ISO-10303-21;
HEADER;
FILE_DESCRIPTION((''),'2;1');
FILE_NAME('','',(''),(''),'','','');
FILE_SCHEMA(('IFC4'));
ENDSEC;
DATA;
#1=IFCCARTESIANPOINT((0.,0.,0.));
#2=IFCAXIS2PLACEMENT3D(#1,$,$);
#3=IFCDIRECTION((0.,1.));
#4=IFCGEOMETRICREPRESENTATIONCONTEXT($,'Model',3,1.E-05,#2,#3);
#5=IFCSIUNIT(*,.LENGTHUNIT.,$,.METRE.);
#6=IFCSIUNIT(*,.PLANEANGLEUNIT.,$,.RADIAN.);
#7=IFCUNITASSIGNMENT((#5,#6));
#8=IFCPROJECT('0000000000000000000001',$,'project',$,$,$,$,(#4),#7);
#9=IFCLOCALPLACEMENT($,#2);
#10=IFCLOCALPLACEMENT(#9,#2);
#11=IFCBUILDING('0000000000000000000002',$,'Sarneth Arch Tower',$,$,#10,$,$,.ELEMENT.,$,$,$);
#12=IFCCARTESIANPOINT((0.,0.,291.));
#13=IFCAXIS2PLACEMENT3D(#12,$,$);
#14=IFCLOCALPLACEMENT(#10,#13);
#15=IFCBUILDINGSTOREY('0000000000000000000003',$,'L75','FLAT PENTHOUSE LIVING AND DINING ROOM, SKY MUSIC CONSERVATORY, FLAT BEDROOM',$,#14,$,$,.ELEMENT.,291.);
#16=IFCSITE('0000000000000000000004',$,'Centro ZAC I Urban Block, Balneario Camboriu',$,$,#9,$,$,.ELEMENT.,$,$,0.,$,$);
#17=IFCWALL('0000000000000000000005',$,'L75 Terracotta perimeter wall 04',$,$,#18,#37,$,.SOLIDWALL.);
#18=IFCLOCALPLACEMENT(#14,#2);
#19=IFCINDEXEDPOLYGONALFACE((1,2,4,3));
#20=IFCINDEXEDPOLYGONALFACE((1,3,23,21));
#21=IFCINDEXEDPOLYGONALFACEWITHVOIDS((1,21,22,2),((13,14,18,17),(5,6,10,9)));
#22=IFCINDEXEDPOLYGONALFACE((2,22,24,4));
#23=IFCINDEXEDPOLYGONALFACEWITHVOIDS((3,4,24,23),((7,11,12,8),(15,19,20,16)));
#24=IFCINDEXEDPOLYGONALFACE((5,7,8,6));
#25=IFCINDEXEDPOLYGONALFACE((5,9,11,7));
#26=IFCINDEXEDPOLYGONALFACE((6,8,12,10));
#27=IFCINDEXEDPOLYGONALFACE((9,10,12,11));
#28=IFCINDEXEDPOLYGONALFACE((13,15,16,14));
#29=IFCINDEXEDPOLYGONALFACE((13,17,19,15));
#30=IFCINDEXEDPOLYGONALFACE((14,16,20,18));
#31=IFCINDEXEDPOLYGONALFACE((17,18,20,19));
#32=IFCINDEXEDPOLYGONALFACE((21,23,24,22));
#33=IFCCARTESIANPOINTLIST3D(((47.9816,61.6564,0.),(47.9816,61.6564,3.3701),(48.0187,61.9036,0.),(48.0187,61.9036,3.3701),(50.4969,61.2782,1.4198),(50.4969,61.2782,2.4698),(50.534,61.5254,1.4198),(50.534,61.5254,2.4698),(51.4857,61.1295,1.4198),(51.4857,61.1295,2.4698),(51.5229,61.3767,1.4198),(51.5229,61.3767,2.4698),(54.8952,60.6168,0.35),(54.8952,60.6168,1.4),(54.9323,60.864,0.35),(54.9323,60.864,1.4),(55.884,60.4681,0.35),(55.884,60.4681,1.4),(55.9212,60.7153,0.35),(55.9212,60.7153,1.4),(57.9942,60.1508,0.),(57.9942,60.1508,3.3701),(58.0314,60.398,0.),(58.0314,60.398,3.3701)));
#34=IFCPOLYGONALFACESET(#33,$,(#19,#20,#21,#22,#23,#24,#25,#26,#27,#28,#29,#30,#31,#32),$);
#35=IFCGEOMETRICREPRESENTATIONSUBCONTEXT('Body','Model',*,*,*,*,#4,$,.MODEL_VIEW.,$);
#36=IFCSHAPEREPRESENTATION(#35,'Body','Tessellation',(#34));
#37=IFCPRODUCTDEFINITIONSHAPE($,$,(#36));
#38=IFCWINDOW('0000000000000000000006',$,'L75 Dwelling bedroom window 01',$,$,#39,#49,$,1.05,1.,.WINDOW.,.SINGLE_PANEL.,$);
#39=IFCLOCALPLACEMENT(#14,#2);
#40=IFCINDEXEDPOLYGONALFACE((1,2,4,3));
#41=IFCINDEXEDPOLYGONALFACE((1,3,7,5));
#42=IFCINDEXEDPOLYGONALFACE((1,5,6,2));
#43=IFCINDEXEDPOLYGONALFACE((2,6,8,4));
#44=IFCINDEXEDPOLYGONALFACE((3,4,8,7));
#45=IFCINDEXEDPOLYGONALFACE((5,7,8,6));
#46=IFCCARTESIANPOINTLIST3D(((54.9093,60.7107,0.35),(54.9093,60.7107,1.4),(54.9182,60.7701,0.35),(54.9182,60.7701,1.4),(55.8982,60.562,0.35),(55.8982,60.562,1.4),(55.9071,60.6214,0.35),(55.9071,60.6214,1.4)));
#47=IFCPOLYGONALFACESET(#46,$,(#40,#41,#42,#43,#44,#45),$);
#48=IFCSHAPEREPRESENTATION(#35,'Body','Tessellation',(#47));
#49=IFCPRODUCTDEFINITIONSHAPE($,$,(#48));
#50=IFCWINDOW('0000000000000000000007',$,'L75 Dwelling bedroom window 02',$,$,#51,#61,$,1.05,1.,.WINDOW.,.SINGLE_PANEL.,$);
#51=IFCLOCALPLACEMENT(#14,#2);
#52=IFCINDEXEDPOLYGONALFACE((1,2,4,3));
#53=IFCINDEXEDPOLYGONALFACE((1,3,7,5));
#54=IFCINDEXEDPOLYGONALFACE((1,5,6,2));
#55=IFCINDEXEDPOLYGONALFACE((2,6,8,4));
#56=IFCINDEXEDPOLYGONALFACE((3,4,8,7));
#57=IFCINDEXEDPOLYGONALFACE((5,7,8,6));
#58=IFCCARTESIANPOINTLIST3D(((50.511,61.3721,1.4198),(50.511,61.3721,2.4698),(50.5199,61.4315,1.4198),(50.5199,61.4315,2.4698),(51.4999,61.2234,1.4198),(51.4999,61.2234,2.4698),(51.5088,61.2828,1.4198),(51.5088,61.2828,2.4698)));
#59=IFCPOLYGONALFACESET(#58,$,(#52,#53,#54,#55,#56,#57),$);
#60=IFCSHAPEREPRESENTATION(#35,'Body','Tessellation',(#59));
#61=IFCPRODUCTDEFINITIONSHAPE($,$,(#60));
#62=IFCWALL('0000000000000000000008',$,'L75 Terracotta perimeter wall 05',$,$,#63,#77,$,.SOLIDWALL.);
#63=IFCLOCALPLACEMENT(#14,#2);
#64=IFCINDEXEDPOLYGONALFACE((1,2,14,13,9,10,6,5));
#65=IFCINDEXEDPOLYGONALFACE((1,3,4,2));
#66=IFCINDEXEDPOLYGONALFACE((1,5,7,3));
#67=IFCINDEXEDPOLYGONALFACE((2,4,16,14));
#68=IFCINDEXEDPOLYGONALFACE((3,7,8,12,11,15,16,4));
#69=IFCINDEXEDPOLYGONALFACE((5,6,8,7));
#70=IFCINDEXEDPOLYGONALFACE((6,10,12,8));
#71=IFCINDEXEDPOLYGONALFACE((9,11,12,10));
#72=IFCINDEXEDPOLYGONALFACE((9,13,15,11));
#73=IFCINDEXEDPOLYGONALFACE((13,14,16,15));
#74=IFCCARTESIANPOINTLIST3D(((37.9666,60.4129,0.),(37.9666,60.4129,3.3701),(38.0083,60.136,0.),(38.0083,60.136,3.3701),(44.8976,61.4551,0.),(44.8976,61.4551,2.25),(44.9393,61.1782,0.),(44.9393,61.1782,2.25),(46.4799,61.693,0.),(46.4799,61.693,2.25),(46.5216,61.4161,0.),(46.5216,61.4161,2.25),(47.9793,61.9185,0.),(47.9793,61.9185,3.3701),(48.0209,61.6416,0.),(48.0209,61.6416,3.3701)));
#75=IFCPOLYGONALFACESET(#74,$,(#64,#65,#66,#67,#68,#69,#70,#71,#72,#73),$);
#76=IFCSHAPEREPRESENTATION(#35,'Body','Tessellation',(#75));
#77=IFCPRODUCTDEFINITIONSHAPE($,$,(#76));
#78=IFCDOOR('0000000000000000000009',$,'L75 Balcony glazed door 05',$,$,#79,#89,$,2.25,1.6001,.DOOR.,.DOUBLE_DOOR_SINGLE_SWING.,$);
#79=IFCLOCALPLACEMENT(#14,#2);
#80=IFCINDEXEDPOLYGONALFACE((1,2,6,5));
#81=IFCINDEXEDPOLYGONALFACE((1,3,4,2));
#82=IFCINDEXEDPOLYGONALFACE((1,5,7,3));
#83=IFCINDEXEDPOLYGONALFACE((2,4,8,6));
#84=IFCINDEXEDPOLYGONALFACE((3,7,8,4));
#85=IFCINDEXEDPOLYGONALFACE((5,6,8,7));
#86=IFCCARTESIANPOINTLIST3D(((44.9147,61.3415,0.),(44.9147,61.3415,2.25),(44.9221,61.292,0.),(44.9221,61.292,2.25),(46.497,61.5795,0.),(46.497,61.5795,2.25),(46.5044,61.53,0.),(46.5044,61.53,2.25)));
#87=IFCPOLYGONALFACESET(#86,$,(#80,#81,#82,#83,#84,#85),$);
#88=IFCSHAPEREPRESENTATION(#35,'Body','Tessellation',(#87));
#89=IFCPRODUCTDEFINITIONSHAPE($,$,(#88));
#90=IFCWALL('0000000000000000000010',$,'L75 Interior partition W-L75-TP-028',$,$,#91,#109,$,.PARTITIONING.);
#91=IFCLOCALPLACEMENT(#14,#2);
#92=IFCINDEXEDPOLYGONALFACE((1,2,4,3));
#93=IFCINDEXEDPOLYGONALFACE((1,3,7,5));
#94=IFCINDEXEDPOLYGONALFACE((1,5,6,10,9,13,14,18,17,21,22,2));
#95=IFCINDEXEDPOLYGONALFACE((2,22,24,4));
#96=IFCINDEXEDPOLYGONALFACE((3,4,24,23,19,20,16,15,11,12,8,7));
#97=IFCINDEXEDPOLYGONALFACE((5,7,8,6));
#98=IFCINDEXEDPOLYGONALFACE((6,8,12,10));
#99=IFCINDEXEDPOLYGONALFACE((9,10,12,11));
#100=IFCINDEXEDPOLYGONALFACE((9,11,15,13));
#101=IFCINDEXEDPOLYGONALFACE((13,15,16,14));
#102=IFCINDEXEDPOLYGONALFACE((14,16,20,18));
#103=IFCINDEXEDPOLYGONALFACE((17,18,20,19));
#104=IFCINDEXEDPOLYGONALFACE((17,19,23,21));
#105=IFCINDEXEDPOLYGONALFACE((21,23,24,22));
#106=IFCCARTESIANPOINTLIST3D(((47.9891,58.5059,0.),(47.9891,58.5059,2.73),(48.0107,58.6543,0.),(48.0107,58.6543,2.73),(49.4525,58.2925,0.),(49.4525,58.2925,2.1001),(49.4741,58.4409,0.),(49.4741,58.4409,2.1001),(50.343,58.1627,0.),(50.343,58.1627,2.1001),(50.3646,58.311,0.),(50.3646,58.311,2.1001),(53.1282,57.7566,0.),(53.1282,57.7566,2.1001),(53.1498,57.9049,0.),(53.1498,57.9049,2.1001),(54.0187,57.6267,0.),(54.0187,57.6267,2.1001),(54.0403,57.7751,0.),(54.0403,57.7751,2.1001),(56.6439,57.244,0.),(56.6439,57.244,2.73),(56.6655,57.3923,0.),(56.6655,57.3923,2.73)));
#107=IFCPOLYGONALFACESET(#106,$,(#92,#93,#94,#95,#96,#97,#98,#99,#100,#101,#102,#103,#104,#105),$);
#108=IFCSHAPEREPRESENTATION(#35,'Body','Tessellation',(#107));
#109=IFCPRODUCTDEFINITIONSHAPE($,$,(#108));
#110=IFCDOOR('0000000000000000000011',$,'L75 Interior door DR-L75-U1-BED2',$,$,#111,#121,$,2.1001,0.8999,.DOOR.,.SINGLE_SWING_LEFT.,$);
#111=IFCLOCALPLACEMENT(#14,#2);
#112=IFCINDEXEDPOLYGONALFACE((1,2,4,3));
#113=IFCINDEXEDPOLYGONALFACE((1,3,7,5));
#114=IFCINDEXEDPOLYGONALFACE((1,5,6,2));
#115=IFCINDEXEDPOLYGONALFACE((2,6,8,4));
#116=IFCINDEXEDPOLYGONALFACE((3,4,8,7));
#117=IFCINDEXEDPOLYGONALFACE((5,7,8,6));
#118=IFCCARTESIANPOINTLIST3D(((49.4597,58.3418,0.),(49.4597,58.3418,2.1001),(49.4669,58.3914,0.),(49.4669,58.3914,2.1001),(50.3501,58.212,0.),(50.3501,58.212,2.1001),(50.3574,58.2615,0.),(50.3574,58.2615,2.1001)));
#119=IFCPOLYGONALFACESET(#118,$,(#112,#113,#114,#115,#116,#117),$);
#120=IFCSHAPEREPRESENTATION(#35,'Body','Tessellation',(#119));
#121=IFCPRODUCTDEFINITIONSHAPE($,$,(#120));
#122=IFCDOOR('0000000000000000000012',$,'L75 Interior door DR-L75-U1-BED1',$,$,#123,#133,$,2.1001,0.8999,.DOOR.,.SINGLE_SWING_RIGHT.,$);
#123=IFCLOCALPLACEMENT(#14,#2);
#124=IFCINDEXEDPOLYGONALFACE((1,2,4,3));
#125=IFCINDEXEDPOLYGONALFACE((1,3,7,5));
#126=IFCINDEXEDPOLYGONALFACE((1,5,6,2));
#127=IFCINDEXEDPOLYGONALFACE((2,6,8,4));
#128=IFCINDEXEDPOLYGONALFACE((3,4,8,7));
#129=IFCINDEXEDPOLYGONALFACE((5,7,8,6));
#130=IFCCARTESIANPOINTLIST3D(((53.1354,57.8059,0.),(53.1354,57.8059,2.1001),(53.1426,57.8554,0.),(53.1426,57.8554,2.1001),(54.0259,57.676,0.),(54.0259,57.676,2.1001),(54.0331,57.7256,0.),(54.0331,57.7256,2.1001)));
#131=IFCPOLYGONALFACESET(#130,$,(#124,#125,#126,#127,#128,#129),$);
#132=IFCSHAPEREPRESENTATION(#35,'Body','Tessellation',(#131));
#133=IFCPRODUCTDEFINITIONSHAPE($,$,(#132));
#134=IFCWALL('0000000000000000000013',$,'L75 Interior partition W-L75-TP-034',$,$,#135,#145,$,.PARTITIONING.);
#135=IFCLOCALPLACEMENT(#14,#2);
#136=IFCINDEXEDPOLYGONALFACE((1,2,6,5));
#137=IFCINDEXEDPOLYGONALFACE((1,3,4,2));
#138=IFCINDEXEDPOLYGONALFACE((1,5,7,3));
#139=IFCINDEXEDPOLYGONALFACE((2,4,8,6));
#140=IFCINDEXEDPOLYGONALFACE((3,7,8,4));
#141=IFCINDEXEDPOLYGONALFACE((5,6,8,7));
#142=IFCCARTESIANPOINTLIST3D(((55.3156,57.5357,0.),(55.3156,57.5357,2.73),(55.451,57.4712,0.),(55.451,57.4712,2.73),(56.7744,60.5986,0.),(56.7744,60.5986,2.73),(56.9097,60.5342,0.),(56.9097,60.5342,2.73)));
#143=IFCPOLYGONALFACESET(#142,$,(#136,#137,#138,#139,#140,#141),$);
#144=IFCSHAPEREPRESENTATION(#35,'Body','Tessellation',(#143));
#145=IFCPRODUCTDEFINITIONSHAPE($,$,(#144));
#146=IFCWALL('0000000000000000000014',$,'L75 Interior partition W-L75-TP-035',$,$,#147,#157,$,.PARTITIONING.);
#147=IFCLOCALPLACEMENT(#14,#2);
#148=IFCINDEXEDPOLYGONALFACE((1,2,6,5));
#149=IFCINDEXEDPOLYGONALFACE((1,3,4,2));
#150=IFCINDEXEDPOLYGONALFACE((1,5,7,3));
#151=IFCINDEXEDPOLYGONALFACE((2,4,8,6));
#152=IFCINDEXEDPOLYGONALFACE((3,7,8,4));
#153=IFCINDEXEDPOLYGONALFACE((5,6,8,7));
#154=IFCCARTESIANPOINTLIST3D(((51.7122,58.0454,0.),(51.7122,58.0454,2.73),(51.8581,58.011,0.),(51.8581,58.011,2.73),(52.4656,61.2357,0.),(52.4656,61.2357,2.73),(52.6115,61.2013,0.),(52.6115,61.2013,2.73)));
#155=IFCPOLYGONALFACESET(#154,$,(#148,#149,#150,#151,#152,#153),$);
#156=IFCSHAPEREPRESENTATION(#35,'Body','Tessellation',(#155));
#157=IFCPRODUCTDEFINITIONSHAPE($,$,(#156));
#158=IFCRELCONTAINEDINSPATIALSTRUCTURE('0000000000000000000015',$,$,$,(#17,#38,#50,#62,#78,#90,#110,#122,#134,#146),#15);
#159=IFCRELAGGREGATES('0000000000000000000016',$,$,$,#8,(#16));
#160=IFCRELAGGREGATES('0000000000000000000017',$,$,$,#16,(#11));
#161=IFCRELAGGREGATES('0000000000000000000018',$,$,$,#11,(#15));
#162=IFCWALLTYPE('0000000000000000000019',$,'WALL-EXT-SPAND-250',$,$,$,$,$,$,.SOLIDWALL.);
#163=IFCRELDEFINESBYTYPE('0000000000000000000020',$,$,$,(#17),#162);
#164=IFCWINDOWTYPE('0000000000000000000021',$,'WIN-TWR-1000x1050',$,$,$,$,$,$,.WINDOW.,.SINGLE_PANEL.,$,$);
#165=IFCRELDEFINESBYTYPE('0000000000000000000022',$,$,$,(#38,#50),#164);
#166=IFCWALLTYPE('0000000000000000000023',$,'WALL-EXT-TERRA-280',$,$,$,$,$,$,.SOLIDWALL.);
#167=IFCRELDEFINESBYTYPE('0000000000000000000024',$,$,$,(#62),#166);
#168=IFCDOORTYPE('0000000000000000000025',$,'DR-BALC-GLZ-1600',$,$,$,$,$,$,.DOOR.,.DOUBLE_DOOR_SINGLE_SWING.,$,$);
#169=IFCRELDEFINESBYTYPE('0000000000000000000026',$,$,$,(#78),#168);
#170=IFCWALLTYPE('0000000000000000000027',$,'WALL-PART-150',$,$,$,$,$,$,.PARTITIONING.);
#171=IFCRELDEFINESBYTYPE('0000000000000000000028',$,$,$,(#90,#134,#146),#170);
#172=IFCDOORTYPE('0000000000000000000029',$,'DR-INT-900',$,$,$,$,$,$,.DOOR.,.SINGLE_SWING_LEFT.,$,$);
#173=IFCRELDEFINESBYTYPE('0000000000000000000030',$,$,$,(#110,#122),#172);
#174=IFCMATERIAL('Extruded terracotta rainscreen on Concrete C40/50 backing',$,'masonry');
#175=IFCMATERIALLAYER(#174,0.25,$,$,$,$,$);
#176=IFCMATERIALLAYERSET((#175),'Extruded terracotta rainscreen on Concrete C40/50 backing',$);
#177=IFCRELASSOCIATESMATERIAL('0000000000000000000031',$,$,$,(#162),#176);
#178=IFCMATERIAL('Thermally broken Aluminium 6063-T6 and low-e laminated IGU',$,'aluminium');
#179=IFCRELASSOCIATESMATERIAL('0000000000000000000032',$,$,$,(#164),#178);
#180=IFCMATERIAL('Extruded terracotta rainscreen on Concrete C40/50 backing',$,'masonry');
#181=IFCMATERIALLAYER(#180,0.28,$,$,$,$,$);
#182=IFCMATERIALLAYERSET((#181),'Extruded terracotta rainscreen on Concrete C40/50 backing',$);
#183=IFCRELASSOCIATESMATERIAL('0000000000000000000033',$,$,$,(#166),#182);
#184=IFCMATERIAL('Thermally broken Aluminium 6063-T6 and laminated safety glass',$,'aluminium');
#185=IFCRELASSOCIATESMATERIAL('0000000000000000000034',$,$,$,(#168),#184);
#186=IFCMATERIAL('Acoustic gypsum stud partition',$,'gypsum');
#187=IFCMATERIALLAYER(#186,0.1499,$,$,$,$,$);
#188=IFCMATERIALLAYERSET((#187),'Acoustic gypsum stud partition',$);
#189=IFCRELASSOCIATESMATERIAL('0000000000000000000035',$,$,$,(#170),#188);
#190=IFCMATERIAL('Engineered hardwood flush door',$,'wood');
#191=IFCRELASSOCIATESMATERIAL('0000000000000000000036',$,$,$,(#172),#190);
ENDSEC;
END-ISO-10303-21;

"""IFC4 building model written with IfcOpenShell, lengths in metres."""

from ifc_helpers import new_model, si_unit, direction, frame, frame_2d, origin, place, context, subcontext, project, spatial, rectangle, extrude, material, layer, layer_set, type_object, element, fill, save


model = new_model("IFC4")

# Units and contexts
model_context = context("Model", 3, precision=1e-05, world=origin(), true_north=direction((0.0, 1.0)))
body_context = subcontext(model_context, "Body", "Model", "MODEL_VIEW")
ifc_project = project(units=[si_unit("LENGTHUNIT", "METRE"), si_unit("PLANEANGLEUNIT", "RADIAN")], contexts=[model_context])

# Site, building, storey
site_placement = place(None, origin())
site = spatial("IfcSite", under=ifc_project, at=site_placement, Name="Centro ZAC I Urban Block, Balneario Camboriu", CompositionType="ELEMENT", RefElevation=0.0)
building_placement = place(site_placement, origin())
building = spatial("IfcBuilding", under=site, at=building_placement, Name="Sarneth Arch Tower", CompositionType="ELEMENT")
storey_placement = place(building_placement, frame((0.0, 0.0, 291.0)))
storey = spatial("IfcBuildingStorey", under=building, at=storey_placement, Name="L75", Description="FLAT PENTHOUSE LIVING AND DINING ROOM, SKY MUSIC CONSERVATORY, FLAT BEDROOM", CompositionType="ELEMENT", Elevation=291.0)

# Wall, openings, windows
ifc_material_1 = material(Name="Extruded terracotta rainscreen on Concrete C40/50 backing", Category="masonry")
ifc_layer_1 = layer(ifc_material_1, 0.25)
ifc_layer_set_1 = layer_set([ifc_layer_1], Name="Extruded terracotta rainscreen on Concrete C40/50 backing")
wall_type_1 = type_object("IfcWallType", Name="WALL-EXT-SPAND-250", PredefinedType="SOLIDWALL", material=ifc_layer_set_1)
wall_1_placement = place(storey_placement, frame((58.0127, 60.2744, 0.0), z_axis=(0.0, 0.0, 1.0), x_axis=(-0.988883, 0.148699, 0.0)))
wall_1 = element("IfcWall", 1, at=wall_1_placement, inside=storey, type_object=wall_type_1, Name="L75 Terracotta perimeter wall 04", PredefinedType="SOLIDWALL", context=body_context, shape_type="SweptSolid", body=[
    extrude(rectangle(XDim=10.1252, YDim=0.25, at=frame_2d((5.0625, 0.0))), origin(), (0.0, 0.0, 1.0), 3.3701),
])
opening_1_placement = place(wall_1_placement, frame((2.1338, 0.0, 0.3501)))
opening_1 = element("IfcOpeningElement", 2, at=opening_1_placement, cuts=wall_1, PredefinedType="OPENING", context=body_context, shape_type="SweptSolid", body=[
    extrude(rectangle(XDim=1.0, YDim=1.05, at=frame_2d((0.5, 0.5249))), frame((0.0, 0.135, 0.0), z_axis=(0.0, -1.0, 0.0), x_axis=(1.0, 0.0, 0.0)), (0.0, 0.0, 1.0), 0.27),
])
opening_2_placement = place(wall_1_placement, frame((6.5815, 0.0, 1.4199)))
opening_2 = element("IfcOpeningElement", 3, at=opening_2_placement, cuts=wall_1, PredefinedType="OPENING", context=body_context, shape_type="SweptSolid", body=[
    extrude(rectangle(XDim=1.0, YDim=1.05, at=frame_2d((0.5, 0.5249))), frame((0.0, 0.135, 0.0), z_axis=(0.0, -1.0, 0.0), x_axis=(1.0, 0.0, 0.0)), (0.0, 0.0, 1.0), 0.27),
])
ifc_material_2 = material(Name="Thermally broken Aluminium 6063-T6 and low-e laminated IGU", Category="aluminium")
window_type = type_object("IfcWindowType", Name="WIN-TWR-1000x1050", PartitioningType="SINGLE_PANEL", PredefinedType="WINDOW", material=ifc_material_2)
window_1_placement = place(opening_1_placement, origin())
window_1 = element("IfcWindow", 4, at=window_1_placement, inside=storey, type_object=window_type, Name="L75 Dwelling bedroom window 01", OverallHeight=1.05, OverallWidth=1.0, PartitioningType="SINGLE_PANEL", PredefinedType="WINDOW", context=body_context, shape_type="SweptSolid", body=[
    extrude(rectangle(XDim=1.0, YDim=1.05, at=frame_2d((0.5, 0.5249))), frame((0.0, 0.03, 0.0), z_axis=(0.0, -1.0, 0.0), x_axis=(1.0, 0.0, 0.0)), (0.0, 0.0, 1.0), 0.0601),
])
fill(opening_1, window_1)
window_2_placement = place(opening_2_placement, origin())
window_2 = element("IfcWindow", 5, at=window_2_placement, inside=storey, type_object=window_type, Name="L75 Dwelling bedroom window 02", OverallHeight=1.05, OverallWidth=1.0, PartitioningType="SINGLE_PANEL", PredefinedType="WINDOW", context=body_context, shape_type="SweptSolid", body=[
    extrude(rectangle(XDim=1.0, YDim=1.05, at=frame_2d((0.5, 0.5249))), frame((0.0, 0.03, 0.0), z_axis=(0.0, -1.0, 0.0), x_axis=(1.0, 0.0, 0.0)), (0.0, 0.0, 1.0), 0.0601),
])
fill(opening_2, window_2)

# Wall, opening, door
ifc_material_3 = material(Name="Extruded terracotta rainscreen on Concrete C40/50 backing", Category="masonry")
ifc_layer_2 = layer(ifc_material_3, 0.28)
ifc_layer_set_2 = layer_set([ifc_layer_2], Name="Extruded terracotta rainscreen on Concrete C40/50 backing")
wall_type_2 = type_object("IfcWallType", Name="WALL-EXT-TERRA-280", PredefinedType="SOLIDWALL", material=ifc_layer_set_2)
wall_2_placement = place(storey_placement, frame((48.0, 61.78, 0.0), z_axis=(0.0, 0.0, 1.0), x_axis=(-0.988883, -0.148699, 0.0)))
wall_2 = element("IfcWall", 6, at=wall_2_placement, inside=storey, type_object=wall_type_2, Name="L75 Terracotta perimeter wall 05", PredefinedType="SOLIDWALL", context=body_context, shape_type="SweptSolid", body=[
    extrude(rectangle(XDim=10.1252, YDim=0.28, at=frame_2d((5.0625, 0.0))), origin(), (0.0, 0.0, 1.0), 3.3701),
])
opening_3_placement = place(wall_2_placement, frame((1.5161, 0.0, 0.0)))
opening_3 = element("IfcOpeningElement", 7, at=opening_3_placement, cuts=wall_2, PredefinedType="OPENING", context=body_context, shape_type="SweptSolid", body=[
    extrude(rectangle(XDim=1.6001, YDim=2.25, at=frame_2d((0.8, 1.125))), frame((0.0, 0.1499, 0.0), z_axis=(0.0, -1.0, 0.0), x_axis=(1.0, 0.0, 0.0)), (0.0, 0.0, 1.0), 0.3),
])
ifc_material_4 = material(Name="Thermally broken Aluminium 6063-T6 and laminated safety glass", Category="aluminium")
door_type_1 = type_object("IfcDoorType", Name="DR-BALC-GLZ-1600", OperationType="DOUBLE_DOOR_SINGLE_SWING", PredefinedType="DOOR", material=ifc_material_4)
door_1_placement = place(opening_3_placement, origin())
door_1 = element("IfcDoor", 8, at=door_1_placement, inside=storey, type_object=door_type_1, Name="L75 Balcony glazed door 05", OperationType="DOUBLE_DOOR_SINGLE_SWING", OverallHeight=2.25, OverallWidth=1.6001, PredefinedType="DOOR", context=body_context, shape_type="SweptSolid", body=[
    extrude(rectangle(XDim=1.6001, YDim=2.25, at=frame_2d((0.8, 1.125))), frame((0.0, 0.0249, 0.0), z_axis=(0.0, -1.0, 0.0), x_axis=(1.0, 0.0, 0.0)), (0.0, 0.0, 1.0), 0.05),
])
fill(opening_3, door_1)

# Wall, openings, doors
ifc_material_5 = material(Name="Acoustic gypsum stud partition", Category="gypsum")
ifc_layer_3 = layer(ifc_material_5, 0.1499)
ifc_layer_set_3 = layer_set([ifc_layer_3], Name="Acoustic gypsum stud partition")
wall_type_3 = type_object("IfcWallType", Name="WALL-PART-150", PredefinedType="PARTITIONING", material=ifc_layer_set_3)
wall_3_placement = place(storey_placement, frame((48.0, 58.5801, 0.0), z_axis=(0.0, 0.0, 1.0), x_axis=(0.989536, -0.144285, 0.0)))
wall_3 = element("IfcWall", 9, at=wall_3_placement, inside=storey, type_object=wall_type_3, Name="L75 Interior partition W-L75-TP-028", PredefinedType="PARTITIONING", context=body_context, shape_type="SweptSolid", body=[
    extrude(rectangle(XDim=8.7463, YDim=0.1499, at=frame_2d((4.373, 0.0))), origin(), (0.0, 0.0, 1.0), 2.73),
])
opening_4_placement = place(wall_3_placement, frame((1.4788, 0.0, 0.0)))
opening_4 = element("IfcOpeningElement", 10, at=opening_4_placement, cuts=wall_3, PredefinedType="OPENING", context=body_context, shape_type="SweptSolid", body=[
    extrude(rectangle(XDim=0.8999, YDim=2.1001, at=frame_2d((0.45, 1.05))), frame((0.0, 0.085, 0.0), z_axis=(0.0, -1.0, 0.0), x_axis=(1.0, 0.0, 0.0)), (0.0, 0.0, 1.0), 0.1699),
])
opening_5_placement = place(wall_3_placement, frame((5.1934, 0.0, 0.0)))
opening_5 = element("IfcOpeningElement", 11, at=opening_5_placement, cuts=wall_3, PredefinedType="OPENING", context=body_context, shape_type="SweptSolid", body=[
    extrude(rectangle(XDim=0.8999, YDim=2.1001, at=frame_2d((0.45, 1.05))), frame((0.0, 0.085, 0.0), z_axis=(0.0, -1.0, 0.0), x_axis=(1.0, 0.0, 0.0)), (0.0, 0.0, 1.0), 0.1699),
])
ifc_material_6 = material(Name="Engineered hardwood flush door", Category="wood")
door_type_2 = type_object("IfcDoorType", Name="DR-INT-900", OperationType="SINGLE_SWING_LEFT", PredefinedType="DOOR", material=ifc_material_6)
door_2_placement = place(opening_4_placement, origin())
door_2 = element("IfcDoor", 12, at=door_2_placement, inside=storey, type_object=door_type_2, Name="L75 Interior door DR-L75-U1-BED2", OperationType="SINGLE_SWING_LEFT", OverallHeight=2.1001, OverallWidth=0.8999, PredefinedType="DOOR", context=body_context, shape_type="SweptSolid", body=[
    extrude(rectangle(XDim=0.8999, YDim=2.1001, at=frame_2d((0.45, 1.05))), frame((0.0, 0.0249, 0.0), z_axis=(0.0, -1.0, 0.0), x_axis=(1.0, 0.0, 0.0)), (0.0, 0.0, 1.0), 0.05),
])
fill(opening_4, door_2)
door_3_placement = place(opening_5_placement, origin())
door_3 = element("IfcDoor", 13, at=door_3_placement, inside=storey, type_object=door_type_2, Name="L75 Interior door DR-L75-U1-BED1", OperationType="SINGLE_SWING_RIGHT", OverallHeight=2.1001, OverallWidth=0.8999, PredefinedType="DOOR", context=body_context, shape_type="SweptSolid", body=[
    extrude(rectangle(XDim=0.8999, YDim=2.1001, at=frame_2d((0.45, 1.05))), frame((0.0, 0.0249, 0.0), z_axis=(0.0, -1.0, 0.0), x_axis=(1.0, 0.0, 0.0)), (0.0, 0.0, 1.0), 0.05),
])
fill(opening_5, door_3)

# Walls
wall_4_placement = place(storey_placement, frame((56.842, 60.5664, 0.0), z_axis=(0.0, 0.0, 1.0), x_axis=(-0.429975, -0.902841, 0.0)))
element("IfcWall", 14, at=wall_4_placement, inside=storey, type_object=wall_type_3, Name="L75 Interior partition W-L75-TP-034", PredefinedType="PARTITIONING", context=body_context, shape_type="SweptSolid", body=[
    extrude(rectangle(XDim=3.3926, YDim=0.1499, at=frame_2d((1.6963, 0.0))), origin(), (0.0, 0.0, 1.0), 2.73),
])
wall_5_placement = place(storey_placement, frame((51.7852, 58.0281, 0.0), z_axis=(0.0, 0.0, 1.0), x_axis=(0.229828, 0.973231, 0.0)))
element("IfcWall", 15, at=wall_5_placement, inside=storey, type_object=wall_type_3, Name="L75 Interior partition W-L75-TP-035", PredefinedType="PARTITIONING", context=body_context, shape_type="SweptSolid", body=[
    extrude(rectangle(XDim=3.2781, YDim=0.1499, at=frame_2d((1.6392, 0.0))), origin(), (0.0, 0.0, 1.0), 2.73),
])

save(model, "model.ifc")
